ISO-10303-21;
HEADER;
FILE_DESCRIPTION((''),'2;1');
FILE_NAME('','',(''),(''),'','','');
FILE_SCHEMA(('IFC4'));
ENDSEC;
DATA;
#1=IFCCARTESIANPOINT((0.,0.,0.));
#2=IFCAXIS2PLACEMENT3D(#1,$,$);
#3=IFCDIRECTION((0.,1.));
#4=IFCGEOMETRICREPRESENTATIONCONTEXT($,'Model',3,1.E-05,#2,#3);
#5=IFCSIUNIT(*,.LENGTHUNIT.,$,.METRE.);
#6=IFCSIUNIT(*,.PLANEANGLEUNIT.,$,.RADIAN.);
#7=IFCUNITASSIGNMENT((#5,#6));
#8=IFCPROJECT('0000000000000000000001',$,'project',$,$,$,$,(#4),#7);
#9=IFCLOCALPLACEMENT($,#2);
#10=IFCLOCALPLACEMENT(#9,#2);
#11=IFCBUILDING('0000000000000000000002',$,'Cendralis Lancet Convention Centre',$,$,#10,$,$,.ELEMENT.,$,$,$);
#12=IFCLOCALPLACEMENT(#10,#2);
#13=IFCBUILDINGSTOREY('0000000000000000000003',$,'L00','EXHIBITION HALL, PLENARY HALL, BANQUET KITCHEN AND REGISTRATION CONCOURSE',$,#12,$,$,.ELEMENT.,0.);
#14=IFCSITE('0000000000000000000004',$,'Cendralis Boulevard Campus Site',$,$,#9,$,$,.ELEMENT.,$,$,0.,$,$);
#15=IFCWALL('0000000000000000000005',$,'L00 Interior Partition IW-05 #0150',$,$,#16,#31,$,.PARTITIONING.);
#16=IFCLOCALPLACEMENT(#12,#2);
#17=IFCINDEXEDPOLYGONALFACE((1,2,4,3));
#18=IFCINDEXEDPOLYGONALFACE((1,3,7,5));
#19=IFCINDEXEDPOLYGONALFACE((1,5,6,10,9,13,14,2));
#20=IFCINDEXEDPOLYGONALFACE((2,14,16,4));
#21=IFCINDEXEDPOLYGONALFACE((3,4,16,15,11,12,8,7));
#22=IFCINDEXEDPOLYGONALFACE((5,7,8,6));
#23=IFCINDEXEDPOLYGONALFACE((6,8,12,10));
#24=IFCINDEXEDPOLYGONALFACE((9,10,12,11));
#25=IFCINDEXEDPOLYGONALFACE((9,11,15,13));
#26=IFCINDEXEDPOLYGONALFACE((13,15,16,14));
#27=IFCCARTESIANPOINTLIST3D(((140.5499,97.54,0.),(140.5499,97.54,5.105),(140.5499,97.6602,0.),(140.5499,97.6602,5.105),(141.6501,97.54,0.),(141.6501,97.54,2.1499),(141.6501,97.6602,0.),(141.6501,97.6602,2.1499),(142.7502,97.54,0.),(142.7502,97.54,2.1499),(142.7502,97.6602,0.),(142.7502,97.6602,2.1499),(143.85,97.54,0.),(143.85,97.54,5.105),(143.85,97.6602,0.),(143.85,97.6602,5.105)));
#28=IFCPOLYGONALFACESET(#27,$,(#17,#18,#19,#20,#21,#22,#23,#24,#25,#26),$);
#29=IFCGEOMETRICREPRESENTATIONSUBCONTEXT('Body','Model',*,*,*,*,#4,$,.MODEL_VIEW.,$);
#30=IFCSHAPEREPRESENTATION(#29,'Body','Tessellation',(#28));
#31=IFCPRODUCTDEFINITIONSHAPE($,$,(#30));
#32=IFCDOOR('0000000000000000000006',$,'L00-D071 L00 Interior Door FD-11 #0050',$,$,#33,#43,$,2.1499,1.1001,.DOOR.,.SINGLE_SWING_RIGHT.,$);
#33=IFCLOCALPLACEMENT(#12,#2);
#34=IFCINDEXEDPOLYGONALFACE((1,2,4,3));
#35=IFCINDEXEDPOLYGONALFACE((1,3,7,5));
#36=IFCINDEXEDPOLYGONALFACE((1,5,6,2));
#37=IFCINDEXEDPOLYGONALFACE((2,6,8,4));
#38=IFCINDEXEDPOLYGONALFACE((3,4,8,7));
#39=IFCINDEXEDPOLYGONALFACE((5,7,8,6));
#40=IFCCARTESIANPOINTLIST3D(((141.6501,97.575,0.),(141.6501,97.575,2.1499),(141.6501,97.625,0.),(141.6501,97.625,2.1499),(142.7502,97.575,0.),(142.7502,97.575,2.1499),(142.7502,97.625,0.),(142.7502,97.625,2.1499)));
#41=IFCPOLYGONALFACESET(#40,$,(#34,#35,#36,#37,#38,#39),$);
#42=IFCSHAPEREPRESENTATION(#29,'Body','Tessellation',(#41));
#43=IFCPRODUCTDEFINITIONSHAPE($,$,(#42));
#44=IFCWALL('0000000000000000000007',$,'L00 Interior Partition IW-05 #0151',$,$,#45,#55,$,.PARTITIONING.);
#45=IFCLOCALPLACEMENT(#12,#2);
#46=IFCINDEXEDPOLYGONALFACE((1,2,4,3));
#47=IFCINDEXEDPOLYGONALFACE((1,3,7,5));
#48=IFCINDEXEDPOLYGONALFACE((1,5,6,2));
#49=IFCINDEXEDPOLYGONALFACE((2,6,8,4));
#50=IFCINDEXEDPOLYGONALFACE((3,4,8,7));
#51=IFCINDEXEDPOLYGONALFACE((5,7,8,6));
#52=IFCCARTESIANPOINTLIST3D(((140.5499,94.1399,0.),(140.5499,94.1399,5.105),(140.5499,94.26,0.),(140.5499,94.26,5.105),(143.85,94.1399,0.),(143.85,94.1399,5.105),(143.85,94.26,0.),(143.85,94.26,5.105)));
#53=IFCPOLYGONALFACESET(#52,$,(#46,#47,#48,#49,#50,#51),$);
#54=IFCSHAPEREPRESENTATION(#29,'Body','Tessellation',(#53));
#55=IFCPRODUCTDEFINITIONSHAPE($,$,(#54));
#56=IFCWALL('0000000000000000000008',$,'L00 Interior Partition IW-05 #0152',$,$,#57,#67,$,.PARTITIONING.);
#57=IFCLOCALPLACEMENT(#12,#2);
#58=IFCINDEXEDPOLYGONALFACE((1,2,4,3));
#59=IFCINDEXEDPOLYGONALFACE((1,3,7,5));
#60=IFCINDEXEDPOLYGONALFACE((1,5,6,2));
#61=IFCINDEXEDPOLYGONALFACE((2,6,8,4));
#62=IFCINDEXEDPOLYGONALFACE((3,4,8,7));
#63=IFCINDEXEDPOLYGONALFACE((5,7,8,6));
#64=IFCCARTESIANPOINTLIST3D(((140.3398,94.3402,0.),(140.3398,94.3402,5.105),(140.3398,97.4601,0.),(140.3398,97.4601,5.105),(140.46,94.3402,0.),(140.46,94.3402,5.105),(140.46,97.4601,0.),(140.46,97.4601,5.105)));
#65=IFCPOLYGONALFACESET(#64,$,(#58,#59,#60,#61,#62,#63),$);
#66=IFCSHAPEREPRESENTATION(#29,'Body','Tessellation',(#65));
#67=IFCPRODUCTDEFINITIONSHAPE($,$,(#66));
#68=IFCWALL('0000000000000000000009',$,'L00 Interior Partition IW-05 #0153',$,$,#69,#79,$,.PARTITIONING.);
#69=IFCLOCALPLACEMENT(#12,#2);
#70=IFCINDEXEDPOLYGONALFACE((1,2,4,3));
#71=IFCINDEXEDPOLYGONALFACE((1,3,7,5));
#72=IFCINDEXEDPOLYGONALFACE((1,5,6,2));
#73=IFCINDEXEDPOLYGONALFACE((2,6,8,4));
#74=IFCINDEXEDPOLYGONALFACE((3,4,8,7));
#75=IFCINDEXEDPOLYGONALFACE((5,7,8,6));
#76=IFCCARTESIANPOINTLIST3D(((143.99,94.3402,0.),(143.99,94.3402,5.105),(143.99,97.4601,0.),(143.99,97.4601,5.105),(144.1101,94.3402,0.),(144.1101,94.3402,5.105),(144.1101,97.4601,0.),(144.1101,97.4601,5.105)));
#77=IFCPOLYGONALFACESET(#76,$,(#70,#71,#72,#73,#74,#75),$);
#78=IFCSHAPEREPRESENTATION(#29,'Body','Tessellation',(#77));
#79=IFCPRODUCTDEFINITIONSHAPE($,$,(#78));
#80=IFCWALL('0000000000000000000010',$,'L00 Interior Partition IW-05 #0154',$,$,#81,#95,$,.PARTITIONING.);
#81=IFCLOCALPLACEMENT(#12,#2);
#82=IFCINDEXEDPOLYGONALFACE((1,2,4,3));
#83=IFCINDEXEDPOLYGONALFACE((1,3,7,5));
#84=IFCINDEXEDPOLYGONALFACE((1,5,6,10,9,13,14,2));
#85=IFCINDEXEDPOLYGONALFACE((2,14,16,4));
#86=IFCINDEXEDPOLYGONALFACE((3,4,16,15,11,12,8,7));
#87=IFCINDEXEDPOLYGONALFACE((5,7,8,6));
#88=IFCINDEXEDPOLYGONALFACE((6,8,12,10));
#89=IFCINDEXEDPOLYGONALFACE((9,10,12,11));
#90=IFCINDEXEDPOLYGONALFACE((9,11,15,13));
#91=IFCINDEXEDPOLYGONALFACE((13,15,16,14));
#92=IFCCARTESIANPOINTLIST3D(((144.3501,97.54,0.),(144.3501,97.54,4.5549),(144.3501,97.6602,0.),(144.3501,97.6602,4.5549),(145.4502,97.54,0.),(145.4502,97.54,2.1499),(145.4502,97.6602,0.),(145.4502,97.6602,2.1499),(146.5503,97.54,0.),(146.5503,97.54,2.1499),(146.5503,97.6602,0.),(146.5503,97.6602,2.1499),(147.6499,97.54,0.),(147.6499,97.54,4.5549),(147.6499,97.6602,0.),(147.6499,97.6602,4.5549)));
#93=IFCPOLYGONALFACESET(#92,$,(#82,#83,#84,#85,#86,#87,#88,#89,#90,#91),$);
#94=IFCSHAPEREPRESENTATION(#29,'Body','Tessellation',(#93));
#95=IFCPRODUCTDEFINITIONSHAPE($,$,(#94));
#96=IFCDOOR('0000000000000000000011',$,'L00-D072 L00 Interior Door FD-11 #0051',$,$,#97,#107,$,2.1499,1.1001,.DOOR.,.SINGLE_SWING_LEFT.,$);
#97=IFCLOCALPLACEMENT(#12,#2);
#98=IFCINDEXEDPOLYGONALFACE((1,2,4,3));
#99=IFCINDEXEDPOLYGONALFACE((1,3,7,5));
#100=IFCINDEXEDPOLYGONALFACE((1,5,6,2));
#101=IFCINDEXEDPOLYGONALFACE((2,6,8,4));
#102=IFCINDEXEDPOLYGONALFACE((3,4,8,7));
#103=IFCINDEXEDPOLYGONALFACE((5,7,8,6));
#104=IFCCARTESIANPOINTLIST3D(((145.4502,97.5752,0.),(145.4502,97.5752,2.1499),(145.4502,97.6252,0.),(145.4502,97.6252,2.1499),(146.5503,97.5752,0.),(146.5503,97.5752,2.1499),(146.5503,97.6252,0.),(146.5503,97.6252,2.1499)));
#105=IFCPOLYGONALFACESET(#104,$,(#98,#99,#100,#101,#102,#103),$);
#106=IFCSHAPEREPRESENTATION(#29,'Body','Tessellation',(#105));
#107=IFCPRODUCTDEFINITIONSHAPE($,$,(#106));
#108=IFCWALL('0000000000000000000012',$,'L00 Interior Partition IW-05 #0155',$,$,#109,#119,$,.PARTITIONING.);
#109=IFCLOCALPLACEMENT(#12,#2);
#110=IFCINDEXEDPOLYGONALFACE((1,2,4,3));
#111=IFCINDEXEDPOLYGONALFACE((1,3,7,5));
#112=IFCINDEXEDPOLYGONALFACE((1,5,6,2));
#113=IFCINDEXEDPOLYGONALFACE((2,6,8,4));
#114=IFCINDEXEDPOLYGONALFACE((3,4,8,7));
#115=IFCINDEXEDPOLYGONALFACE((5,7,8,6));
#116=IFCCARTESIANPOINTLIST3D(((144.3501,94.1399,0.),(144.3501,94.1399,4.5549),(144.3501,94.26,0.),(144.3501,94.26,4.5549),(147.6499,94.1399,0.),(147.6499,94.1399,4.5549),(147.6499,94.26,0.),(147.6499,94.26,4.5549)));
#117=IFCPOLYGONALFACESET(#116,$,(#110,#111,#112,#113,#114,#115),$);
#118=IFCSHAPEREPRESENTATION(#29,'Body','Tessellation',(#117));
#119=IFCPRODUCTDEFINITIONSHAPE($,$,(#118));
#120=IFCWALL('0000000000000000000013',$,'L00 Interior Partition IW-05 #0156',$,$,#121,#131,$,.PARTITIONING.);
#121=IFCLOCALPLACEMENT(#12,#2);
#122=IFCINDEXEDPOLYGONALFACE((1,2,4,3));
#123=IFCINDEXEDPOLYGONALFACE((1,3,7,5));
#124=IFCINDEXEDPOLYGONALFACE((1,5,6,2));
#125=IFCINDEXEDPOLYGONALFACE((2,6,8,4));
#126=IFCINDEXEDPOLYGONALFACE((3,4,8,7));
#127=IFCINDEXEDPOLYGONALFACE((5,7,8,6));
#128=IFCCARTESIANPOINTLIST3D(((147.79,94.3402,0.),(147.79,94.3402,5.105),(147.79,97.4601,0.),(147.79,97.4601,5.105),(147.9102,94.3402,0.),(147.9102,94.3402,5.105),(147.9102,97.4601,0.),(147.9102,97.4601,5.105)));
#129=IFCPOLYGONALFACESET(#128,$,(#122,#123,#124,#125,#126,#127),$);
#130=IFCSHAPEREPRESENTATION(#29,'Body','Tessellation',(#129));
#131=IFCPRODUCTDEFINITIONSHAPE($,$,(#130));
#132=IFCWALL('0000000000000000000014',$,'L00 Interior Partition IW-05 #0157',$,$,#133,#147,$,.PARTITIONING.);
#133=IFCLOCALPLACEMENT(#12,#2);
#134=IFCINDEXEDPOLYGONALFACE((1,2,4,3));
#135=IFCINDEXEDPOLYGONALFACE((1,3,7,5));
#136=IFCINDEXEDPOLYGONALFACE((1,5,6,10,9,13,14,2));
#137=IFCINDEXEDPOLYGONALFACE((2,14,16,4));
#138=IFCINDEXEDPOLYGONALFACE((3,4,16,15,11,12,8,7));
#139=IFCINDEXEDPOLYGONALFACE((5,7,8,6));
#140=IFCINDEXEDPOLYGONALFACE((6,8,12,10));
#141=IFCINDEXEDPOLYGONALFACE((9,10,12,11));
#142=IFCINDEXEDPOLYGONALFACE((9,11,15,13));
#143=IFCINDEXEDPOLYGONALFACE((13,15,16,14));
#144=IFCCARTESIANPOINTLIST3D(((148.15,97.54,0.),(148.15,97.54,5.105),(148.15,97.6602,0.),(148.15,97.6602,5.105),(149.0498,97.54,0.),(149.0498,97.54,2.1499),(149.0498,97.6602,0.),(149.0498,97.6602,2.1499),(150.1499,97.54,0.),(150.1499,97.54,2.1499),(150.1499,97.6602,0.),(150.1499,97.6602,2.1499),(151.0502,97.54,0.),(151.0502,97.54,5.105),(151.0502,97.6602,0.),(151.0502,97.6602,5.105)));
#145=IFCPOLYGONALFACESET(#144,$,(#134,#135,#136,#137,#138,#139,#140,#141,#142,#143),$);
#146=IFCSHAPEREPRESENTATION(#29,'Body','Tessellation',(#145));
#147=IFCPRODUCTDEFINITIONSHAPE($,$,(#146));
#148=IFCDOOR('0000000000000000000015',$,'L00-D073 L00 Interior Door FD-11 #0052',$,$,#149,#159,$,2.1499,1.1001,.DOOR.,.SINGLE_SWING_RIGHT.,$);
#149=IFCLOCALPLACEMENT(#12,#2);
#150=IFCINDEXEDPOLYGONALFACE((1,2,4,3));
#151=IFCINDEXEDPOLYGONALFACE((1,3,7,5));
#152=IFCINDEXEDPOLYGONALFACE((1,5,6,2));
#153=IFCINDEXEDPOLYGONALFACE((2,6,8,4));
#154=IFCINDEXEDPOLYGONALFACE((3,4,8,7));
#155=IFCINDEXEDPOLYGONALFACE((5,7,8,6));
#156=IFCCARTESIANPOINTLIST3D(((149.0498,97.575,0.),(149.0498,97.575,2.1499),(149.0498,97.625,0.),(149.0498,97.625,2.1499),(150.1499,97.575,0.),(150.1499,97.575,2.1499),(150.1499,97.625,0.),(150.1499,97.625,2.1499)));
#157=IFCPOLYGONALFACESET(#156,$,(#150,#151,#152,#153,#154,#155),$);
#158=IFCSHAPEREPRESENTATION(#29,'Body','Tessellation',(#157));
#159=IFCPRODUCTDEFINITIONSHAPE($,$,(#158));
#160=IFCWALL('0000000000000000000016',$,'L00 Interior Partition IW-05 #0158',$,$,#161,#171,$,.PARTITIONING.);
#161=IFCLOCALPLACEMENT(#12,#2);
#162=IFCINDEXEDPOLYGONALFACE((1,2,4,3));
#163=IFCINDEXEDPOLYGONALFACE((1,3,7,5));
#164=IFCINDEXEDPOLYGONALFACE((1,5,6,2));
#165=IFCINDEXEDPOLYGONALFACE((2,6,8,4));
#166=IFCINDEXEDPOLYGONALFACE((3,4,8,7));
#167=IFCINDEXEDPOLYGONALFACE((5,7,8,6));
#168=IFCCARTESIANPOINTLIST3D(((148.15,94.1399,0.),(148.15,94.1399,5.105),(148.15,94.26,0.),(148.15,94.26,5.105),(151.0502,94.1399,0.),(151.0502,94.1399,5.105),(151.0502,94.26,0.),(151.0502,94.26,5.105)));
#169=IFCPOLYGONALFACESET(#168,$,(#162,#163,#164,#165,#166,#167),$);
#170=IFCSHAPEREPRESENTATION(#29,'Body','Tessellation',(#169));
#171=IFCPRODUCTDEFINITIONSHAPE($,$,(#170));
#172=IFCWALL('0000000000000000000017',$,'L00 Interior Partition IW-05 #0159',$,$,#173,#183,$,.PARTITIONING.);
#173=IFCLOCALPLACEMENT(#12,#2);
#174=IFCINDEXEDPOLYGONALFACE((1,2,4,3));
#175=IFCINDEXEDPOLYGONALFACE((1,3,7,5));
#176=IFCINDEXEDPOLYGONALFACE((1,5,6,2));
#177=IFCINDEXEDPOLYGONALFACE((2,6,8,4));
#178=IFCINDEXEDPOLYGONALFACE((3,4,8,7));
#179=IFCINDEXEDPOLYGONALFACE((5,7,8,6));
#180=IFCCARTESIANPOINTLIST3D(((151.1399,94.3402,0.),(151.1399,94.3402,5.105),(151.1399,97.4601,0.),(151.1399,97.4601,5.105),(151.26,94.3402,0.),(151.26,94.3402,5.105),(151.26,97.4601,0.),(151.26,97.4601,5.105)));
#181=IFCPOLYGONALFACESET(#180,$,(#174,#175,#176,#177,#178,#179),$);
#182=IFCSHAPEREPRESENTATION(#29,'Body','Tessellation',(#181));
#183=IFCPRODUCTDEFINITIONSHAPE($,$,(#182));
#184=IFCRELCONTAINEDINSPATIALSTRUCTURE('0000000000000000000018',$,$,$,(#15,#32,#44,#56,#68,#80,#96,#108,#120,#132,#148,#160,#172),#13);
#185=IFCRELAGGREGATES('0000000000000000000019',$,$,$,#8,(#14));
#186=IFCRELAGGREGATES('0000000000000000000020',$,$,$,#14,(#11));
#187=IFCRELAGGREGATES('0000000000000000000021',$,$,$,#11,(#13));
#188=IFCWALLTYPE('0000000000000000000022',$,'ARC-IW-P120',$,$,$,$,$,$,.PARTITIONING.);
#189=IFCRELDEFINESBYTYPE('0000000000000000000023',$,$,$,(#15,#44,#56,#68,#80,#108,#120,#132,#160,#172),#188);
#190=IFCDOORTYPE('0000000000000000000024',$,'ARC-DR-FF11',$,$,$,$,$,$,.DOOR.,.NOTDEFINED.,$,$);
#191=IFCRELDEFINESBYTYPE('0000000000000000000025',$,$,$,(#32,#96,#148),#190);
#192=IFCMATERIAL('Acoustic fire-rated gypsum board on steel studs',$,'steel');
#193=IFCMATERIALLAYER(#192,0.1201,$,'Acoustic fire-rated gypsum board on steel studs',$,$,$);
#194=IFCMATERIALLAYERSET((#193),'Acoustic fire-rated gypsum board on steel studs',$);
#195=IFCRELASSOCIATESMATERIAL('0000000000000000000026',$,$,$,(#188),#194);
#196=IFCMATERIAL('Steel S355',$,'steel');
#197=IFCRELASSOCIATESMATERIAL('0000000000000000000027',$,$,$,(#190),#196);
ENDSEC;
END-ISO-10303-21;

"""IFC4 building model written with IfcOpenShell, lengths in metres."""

from ifc_helpers import new_model, si_unit, direction, frame, frame_2d, origin, place, context, subcontext, project, spatial, rectangle, extrude, material, layer, layer_set, type_object, element, fill, save


model = new_model("IFC4")

# Units and contexts
model_context = context("Model", 3, precision=1e-05, world=origin(), true_north=direction((0.0, 1.0)))
body_context = subcontext(model_context, "Body", "Model", "MODEL_VIEW")
ifc_project = project(units=[si_unit("LENGTHUNIT", "METRE"), si_unit("PLANEANGLEUNIT", "RADIAN")], contexts=[model_context])

# Site, building, storey
site_placement = place(None, origin())
site = spatial("IfcSite", under=ifc_project, at=site_placement, Name="Cendralis Boulevard Campus Site", CompositionType="ELEMENT", RefElevation=0.0)
building_placement = place(site_placement, origin())
building = spatial("IfcBuilding", under=site, at=building_placement, Name="Cendralis Lancet Convention Centre", CompositionType="ELEMENT")
storey_placement = place(building_placement, origin())
storey = spatial("IfcBuildingStorey", under=building, at=storey_placement, Name="L00", Description="EXHIBITION HALL, PLENARY HALL, BANQUET KITCHEN AND REGISTRATION CONCOURSE", CompositionType="ELEMENT", Elevation=0.0)

# Shared definitions
ifc_material_1 = material(Name="Steel S355", Category="steel")

# Wall, opening, door
ifc_material_2 = material(Name="Acoustic fire-rated gypsum board on steel studs", Category="steel")
ifc_layer_1 = layer(ifc_material_2, 0.1201, Name="Acoustic fire-rated gypsum board on steel studs")
ifc_layer_set_1 = layer_set([ifc_layer_1], Name="Acoustic fire-rated gypsum board on steel studs")
wall_type_1 = type_object("IfcWallType", Name="ARC-IW-P120", PredefinedType="PARTITIONING", material=ifc_layer_set_1)
wall_1_placement = place(storey_placement, frame((140.55, 97.6001, 0.0), z_axis=(0.0, 0.0, 1.0), x_axis=(1.0, 0.0, 0.0)))
wall_1 = element("IfcWall", 1, at=wall_1_placement, inside=storey, type_object=wall_type_1, Name="L00 Interior Partition IW-05 #0150", PredefinedType="PARTITIONING", context=body_context, shape_type="SweptSolid", body=[
    extrude(rectangle(XDim=3.3, YDim=0.1201, at=frame_2d((1.6499, 0.0))), origin(), (0.0, 0.0, 1.0), 5.105),
])
opening_1_placement = place(wall_1_placement, frame((1.1001, 0.0, 0.0)))
opening_1 = element("IfcOpeningElement", 2, at=opening_1_placement, cuts=wall_1, PredefinedType="OPENING", context=body_context, shape_type="SweptSolid", body=[
    extrude(rectangle(XDim=1.1001, YDim=2.1499, at=frame_2d((0.55, 1.075))), frame((0.0, 0.0701, 0.0), z_axis=(0.0, -1.0, 0.0), x_axis=(1.0, 0.0, 0.0)), (0.0, 0.0, 1.0), 0.1401),
])
door_type = type_object("IfcDoorType", Name="ARC-DR-FF11", OperationType="NOTDEFINED", PredefinedType="DOOR", material=ifc_material_1)
door_1_placement = place(opening_1_placement, origin())
door_1 = element("IfcDoor", 3, at=door_1_placement, inside=storey, type_object=door_type, Name="L00-D071 L00 Interior Door FD-11 #0050", OperationType="SINGLE_SWING_RIGHT", OverallHeight=2.1499, OverallWidth=1.1001, PredefinedType="DOOR", context=body_context, shape_type="SweptSolid", body=[
    extrude(rectangle(XDim=1.1001, YDim=2.1499, at=frame_2d((0.55, 1.075))), frame((0.0, 0.0249, 0.0), z_axis=(0.0, -1.0, 0.0), x_axis=(1.0, 0.0, 0.0)), (0.0, 0.0, 1.0), 0.05),
])
fill(opening_1, door_1)

# Walls
wall_2_placement = place(storey_placement, frame((140.55, 94.2, 0.0), z_axis=(0.0, 0.0, 1.0), x_axis=(1.0, 0.0, 0.0)))
element("IfcWall", 4, at=wall_2_placement, inside=storey, type_object=wall_type_1, Name="L00 Interior Partition IW-05 #0151", PredefinedType="PARTITIONING", context=body_context, shape_type="SweptSolid", body=[
    extrude(rectangle(XDim=3.3, YDim=0.1201, at=frame_2d((1.6499, 0.0))), origin(), (0.0, 0.0, 1.0), 5.105),
])
for number, where, z_axis, x_axis, name in (
    (5, (140.3999, 94.3401, 0.0), (0.0, 0.0, 1.0), (0.0, 1.0, 0.0), "L00 Interior Partition IW-05 #0152"),
    (6, (144.05, 94.3401, 0.0), (0.0, 0.0, 1.0), (0.0, 1.0, 0.0), "L00 Interior Partition IW-05 #0153"),
):
    element("IfcWall", number, at=place(storey_placement, frame(where, z_axis=z_axis, x_axis=x_axis)), inside=storey, type_object=wall_type_1, Name=name, PredefinedType="PARTITIONING", context=body_context, shape_type="SweptSolid", body=[
        extrude(rectangle(XDim=3.1199, YDim=0.1201, at=frame_2d((1.5601, 0.0))), origin(), (0.0, 0.0, 1.0), 5.105),
    ])

# Wall, opening, door
wall_3_placement = place(storey_placement, frame((144.3501, 97.6001, 0.0), z_axis=(0.0, 0.0, 1.0), x_axis=(1.0, 0.0, 0.0)))
wall_3 = element("IfcWall", 7, at=wall_3_placement, inside=storey, type_object=wall_type_1, Name="L00 Interior Partition IW-05 #0154", PredefinedType="PARTITIONING", context=body_context, shape_type="SweptSolid", body=[
    extrude(rectangle(XDim=3.2998, YDim=0.1201, at=frame_2d((1.6499, 0.0))), origin(), (0.0, 0.0, 1.0), 4.5549),
])
opening_2_placement = place(wall_3_placement, frame((1.1001, 0.0, 0.0)))
opening_2 = element("IfcOpeningElement", 8, at=opening_2_placement, cuts=wall_3, PredefinedType="OPENING", context=body_context, shape_type="SweptSolid", body=[
    extrude(rectangle(XDim=1.1001, YDim=2.1499, at=frame_2d((0.55, 1.075))), frame((0.0, 0.0701, 0.0), z_axis=(0.0, -1.0, 0.0), x_axis=(1.0, 0.0, 0.0)), (0.0, 0.0, 1.0), 0.1401),
])
door_2_placement = place(opening_2_placement, frame((1.1001, 0.0, 0.0), z_axis=(0.0, 0.0, 1.0), x_axis=(-1.0, 0.0, 0.0)))
door_2 = element("IfcDoor", 9, at=door_2_placement, inside=storey, type_object=door_type, Name="L00-D072 L00 Interior Door FD-11 #0051", OperationType="SINGLE_SWING_LEFT", OverallHeight=2.1499, OverallWidth=1.1001, PredefinedType="DOOR", context=body_context, shape_type="SweptSolid", body=[
    extrude(rectangle(XDim=1.1001, YDim=2.1499, at=frame_2d((0.55, 1.075))), frame((0.0, 0.0249, 0.0), z_axis=(0.0, -1.0, 0.0), x_axis=(1.0, 0.0, 0.0)), (0.0, 0.0, 1.0), 0.05),
])
fill(opening_2, door_2)

# Walls
wall_4_placement = place(storey_placement, frame((144.3501, 94.2, 0.0), z_axis=(0.0, 0.0, 1.0), x_axis=(1.0, 0.0, 0.0)))
element("IfcWall", 10, at=wall_4_placement, inside=storey, type_object=wall_type_1, Name="L00 Interior Partition IW-05 #0155", PredefinedType="PARTITIONING", context=body_context, shape_type="SweptSolid", body=[
    extrude(rectangle(XDim=3.2998, YDim=0.1201, at=frame_2d((1.6499, 0.0))), origin(), (0.0, 0.0, 1.0), 4.5549),
])
wall_5_placement = place(storey_placement, frame((147.8501, 94.3401, 0.0), z_axis=(0.0, 0.0, 1.0), x_axis=(0.0, 1.0, 0.0)))
element("IfcWall", 11, at=wall_5_placement, inside=storey, type_object=wall_type_1, Name="L00 Interior Partition IW-05 #0156", PredefinedType="PARTITIONING", context=body_context, shape_type="SweptSolid", body=[
    extrude(rectangle(XDim=3.1199, YDim=0.1201, at=frame_2d((1.5601, 0.0))), origin(), (0.0, 0.0, 1.0), 5.105),
])

# Wall, opening, door
wall_6_placement = place(storey_placement, frame((148.1499, 97.6001, 0.0), z_axis=(0.0, 0.0, 1.0), x_axis=(1.0, 0.0, 0.0)))
wall_6 = element("IfcWall", 12, at=wall_6_placement, inside=storey, type_object=wall_type_1, Name="L00 Interior Partition IW-05 #0157", PredefinedType="PARTITIONING", context=body_context, shape_type="SweptSolid", body=[
    extrude(rectangle(XDim=2.9001, YDim=0.1201, at=frame_2d((1.4502, 0.0))), origin(), (0.0, 0.0, 1.0), 5.105),
])
opening_3_placement = place(wall_6_placement, frame((0.8999, 0.0, 0.0)))
opening_3 = element("IfcOpeningElement", 13, at=opening_3_placement, cuts=wall_6, PredefinedType="OPENING", context=body_context, shape_type="SweptSolid", body=[
    extrude(rectangle(XDim=1.1001, YDim=2.1499, at=frame_2d((0.55, 1.075))), frame((0.0, 0.0701, 0.0), z_axis=(0.0, -1.0, 0.0), x_axis=(1.0, 0.0, 0.0)), (0.0, 0.0, 1.0), 0.1401),
])
door_3_placement = place(opening_3_placement, origin())
door_3 = element("IfcDoor", 14, at=door_3_placement, inside=storey, type_object=door_type, Name="L00-D073 L00 Interior Door FD-11 #0052", OperationType="SINGLE_SWING_RIGHT", OverallHeight=2.1499, OverallWidth=1.1001, PredefinedType="DOOR", context=body_context, shape_type="SweptSolid", body=[
    extrude(rectangle(XDim=1.1001, YDim=2.1499, at=frame_2d((0.55, 1.075))), frame((0.0, 0.0249, 0.0), z_axis=(0.0, -1.0, 0.0), x_axis=(1.0, 0.0, 0.0)), (0.0, 0.0, 1.0), 0.05),
])
fill(opening_3, door_3)

# Walls
wall_7_placement = place(storey_placement, frame((148.1499, 94.2, 0.0), z_axis=(0.0, 0.0, 1.0), x_axis=(1.0, 0.0, 0.0)))
element("IfcWall", 15, at=wall_7_placement, inside=storey, type_object=wall_type_1, Name="L00 Interior Partition IW-05 #0158", PredefinedType="PARTITIONING", context=body_context, shape_type="SweptSolid", body=[
    extrude(rectangle(XDim=2.9001, YDim=0.1201, at=frame_2d((1.4502, 0.0))), origin(), (0.0, 0.0, 1.0), 5.105),
])
wall_8_placement = place(storey_placement, frame((151.2, 94.3401, 0.0), z_axis=(0.0, 0.0, 1.0), x_axis=(0.0, 1.0, 0.0)))
element("IfcWall", 16, at=wall_8_placement, inside=storey, type_object=wall_type_1, Name="L00 Interior Partition IW-05 #0159", PredefinedType="PARTITIONING", context=body_context, shape_type="SweptSolid", body=[
    extrude(rectangle(XDim=3.1199, YDim=0.1201, at=frame_2d((1.5601, 0.0))), origin(), (0.0, 0.0, 1.0), 5.105),
])

save(model, "model.ifc")
